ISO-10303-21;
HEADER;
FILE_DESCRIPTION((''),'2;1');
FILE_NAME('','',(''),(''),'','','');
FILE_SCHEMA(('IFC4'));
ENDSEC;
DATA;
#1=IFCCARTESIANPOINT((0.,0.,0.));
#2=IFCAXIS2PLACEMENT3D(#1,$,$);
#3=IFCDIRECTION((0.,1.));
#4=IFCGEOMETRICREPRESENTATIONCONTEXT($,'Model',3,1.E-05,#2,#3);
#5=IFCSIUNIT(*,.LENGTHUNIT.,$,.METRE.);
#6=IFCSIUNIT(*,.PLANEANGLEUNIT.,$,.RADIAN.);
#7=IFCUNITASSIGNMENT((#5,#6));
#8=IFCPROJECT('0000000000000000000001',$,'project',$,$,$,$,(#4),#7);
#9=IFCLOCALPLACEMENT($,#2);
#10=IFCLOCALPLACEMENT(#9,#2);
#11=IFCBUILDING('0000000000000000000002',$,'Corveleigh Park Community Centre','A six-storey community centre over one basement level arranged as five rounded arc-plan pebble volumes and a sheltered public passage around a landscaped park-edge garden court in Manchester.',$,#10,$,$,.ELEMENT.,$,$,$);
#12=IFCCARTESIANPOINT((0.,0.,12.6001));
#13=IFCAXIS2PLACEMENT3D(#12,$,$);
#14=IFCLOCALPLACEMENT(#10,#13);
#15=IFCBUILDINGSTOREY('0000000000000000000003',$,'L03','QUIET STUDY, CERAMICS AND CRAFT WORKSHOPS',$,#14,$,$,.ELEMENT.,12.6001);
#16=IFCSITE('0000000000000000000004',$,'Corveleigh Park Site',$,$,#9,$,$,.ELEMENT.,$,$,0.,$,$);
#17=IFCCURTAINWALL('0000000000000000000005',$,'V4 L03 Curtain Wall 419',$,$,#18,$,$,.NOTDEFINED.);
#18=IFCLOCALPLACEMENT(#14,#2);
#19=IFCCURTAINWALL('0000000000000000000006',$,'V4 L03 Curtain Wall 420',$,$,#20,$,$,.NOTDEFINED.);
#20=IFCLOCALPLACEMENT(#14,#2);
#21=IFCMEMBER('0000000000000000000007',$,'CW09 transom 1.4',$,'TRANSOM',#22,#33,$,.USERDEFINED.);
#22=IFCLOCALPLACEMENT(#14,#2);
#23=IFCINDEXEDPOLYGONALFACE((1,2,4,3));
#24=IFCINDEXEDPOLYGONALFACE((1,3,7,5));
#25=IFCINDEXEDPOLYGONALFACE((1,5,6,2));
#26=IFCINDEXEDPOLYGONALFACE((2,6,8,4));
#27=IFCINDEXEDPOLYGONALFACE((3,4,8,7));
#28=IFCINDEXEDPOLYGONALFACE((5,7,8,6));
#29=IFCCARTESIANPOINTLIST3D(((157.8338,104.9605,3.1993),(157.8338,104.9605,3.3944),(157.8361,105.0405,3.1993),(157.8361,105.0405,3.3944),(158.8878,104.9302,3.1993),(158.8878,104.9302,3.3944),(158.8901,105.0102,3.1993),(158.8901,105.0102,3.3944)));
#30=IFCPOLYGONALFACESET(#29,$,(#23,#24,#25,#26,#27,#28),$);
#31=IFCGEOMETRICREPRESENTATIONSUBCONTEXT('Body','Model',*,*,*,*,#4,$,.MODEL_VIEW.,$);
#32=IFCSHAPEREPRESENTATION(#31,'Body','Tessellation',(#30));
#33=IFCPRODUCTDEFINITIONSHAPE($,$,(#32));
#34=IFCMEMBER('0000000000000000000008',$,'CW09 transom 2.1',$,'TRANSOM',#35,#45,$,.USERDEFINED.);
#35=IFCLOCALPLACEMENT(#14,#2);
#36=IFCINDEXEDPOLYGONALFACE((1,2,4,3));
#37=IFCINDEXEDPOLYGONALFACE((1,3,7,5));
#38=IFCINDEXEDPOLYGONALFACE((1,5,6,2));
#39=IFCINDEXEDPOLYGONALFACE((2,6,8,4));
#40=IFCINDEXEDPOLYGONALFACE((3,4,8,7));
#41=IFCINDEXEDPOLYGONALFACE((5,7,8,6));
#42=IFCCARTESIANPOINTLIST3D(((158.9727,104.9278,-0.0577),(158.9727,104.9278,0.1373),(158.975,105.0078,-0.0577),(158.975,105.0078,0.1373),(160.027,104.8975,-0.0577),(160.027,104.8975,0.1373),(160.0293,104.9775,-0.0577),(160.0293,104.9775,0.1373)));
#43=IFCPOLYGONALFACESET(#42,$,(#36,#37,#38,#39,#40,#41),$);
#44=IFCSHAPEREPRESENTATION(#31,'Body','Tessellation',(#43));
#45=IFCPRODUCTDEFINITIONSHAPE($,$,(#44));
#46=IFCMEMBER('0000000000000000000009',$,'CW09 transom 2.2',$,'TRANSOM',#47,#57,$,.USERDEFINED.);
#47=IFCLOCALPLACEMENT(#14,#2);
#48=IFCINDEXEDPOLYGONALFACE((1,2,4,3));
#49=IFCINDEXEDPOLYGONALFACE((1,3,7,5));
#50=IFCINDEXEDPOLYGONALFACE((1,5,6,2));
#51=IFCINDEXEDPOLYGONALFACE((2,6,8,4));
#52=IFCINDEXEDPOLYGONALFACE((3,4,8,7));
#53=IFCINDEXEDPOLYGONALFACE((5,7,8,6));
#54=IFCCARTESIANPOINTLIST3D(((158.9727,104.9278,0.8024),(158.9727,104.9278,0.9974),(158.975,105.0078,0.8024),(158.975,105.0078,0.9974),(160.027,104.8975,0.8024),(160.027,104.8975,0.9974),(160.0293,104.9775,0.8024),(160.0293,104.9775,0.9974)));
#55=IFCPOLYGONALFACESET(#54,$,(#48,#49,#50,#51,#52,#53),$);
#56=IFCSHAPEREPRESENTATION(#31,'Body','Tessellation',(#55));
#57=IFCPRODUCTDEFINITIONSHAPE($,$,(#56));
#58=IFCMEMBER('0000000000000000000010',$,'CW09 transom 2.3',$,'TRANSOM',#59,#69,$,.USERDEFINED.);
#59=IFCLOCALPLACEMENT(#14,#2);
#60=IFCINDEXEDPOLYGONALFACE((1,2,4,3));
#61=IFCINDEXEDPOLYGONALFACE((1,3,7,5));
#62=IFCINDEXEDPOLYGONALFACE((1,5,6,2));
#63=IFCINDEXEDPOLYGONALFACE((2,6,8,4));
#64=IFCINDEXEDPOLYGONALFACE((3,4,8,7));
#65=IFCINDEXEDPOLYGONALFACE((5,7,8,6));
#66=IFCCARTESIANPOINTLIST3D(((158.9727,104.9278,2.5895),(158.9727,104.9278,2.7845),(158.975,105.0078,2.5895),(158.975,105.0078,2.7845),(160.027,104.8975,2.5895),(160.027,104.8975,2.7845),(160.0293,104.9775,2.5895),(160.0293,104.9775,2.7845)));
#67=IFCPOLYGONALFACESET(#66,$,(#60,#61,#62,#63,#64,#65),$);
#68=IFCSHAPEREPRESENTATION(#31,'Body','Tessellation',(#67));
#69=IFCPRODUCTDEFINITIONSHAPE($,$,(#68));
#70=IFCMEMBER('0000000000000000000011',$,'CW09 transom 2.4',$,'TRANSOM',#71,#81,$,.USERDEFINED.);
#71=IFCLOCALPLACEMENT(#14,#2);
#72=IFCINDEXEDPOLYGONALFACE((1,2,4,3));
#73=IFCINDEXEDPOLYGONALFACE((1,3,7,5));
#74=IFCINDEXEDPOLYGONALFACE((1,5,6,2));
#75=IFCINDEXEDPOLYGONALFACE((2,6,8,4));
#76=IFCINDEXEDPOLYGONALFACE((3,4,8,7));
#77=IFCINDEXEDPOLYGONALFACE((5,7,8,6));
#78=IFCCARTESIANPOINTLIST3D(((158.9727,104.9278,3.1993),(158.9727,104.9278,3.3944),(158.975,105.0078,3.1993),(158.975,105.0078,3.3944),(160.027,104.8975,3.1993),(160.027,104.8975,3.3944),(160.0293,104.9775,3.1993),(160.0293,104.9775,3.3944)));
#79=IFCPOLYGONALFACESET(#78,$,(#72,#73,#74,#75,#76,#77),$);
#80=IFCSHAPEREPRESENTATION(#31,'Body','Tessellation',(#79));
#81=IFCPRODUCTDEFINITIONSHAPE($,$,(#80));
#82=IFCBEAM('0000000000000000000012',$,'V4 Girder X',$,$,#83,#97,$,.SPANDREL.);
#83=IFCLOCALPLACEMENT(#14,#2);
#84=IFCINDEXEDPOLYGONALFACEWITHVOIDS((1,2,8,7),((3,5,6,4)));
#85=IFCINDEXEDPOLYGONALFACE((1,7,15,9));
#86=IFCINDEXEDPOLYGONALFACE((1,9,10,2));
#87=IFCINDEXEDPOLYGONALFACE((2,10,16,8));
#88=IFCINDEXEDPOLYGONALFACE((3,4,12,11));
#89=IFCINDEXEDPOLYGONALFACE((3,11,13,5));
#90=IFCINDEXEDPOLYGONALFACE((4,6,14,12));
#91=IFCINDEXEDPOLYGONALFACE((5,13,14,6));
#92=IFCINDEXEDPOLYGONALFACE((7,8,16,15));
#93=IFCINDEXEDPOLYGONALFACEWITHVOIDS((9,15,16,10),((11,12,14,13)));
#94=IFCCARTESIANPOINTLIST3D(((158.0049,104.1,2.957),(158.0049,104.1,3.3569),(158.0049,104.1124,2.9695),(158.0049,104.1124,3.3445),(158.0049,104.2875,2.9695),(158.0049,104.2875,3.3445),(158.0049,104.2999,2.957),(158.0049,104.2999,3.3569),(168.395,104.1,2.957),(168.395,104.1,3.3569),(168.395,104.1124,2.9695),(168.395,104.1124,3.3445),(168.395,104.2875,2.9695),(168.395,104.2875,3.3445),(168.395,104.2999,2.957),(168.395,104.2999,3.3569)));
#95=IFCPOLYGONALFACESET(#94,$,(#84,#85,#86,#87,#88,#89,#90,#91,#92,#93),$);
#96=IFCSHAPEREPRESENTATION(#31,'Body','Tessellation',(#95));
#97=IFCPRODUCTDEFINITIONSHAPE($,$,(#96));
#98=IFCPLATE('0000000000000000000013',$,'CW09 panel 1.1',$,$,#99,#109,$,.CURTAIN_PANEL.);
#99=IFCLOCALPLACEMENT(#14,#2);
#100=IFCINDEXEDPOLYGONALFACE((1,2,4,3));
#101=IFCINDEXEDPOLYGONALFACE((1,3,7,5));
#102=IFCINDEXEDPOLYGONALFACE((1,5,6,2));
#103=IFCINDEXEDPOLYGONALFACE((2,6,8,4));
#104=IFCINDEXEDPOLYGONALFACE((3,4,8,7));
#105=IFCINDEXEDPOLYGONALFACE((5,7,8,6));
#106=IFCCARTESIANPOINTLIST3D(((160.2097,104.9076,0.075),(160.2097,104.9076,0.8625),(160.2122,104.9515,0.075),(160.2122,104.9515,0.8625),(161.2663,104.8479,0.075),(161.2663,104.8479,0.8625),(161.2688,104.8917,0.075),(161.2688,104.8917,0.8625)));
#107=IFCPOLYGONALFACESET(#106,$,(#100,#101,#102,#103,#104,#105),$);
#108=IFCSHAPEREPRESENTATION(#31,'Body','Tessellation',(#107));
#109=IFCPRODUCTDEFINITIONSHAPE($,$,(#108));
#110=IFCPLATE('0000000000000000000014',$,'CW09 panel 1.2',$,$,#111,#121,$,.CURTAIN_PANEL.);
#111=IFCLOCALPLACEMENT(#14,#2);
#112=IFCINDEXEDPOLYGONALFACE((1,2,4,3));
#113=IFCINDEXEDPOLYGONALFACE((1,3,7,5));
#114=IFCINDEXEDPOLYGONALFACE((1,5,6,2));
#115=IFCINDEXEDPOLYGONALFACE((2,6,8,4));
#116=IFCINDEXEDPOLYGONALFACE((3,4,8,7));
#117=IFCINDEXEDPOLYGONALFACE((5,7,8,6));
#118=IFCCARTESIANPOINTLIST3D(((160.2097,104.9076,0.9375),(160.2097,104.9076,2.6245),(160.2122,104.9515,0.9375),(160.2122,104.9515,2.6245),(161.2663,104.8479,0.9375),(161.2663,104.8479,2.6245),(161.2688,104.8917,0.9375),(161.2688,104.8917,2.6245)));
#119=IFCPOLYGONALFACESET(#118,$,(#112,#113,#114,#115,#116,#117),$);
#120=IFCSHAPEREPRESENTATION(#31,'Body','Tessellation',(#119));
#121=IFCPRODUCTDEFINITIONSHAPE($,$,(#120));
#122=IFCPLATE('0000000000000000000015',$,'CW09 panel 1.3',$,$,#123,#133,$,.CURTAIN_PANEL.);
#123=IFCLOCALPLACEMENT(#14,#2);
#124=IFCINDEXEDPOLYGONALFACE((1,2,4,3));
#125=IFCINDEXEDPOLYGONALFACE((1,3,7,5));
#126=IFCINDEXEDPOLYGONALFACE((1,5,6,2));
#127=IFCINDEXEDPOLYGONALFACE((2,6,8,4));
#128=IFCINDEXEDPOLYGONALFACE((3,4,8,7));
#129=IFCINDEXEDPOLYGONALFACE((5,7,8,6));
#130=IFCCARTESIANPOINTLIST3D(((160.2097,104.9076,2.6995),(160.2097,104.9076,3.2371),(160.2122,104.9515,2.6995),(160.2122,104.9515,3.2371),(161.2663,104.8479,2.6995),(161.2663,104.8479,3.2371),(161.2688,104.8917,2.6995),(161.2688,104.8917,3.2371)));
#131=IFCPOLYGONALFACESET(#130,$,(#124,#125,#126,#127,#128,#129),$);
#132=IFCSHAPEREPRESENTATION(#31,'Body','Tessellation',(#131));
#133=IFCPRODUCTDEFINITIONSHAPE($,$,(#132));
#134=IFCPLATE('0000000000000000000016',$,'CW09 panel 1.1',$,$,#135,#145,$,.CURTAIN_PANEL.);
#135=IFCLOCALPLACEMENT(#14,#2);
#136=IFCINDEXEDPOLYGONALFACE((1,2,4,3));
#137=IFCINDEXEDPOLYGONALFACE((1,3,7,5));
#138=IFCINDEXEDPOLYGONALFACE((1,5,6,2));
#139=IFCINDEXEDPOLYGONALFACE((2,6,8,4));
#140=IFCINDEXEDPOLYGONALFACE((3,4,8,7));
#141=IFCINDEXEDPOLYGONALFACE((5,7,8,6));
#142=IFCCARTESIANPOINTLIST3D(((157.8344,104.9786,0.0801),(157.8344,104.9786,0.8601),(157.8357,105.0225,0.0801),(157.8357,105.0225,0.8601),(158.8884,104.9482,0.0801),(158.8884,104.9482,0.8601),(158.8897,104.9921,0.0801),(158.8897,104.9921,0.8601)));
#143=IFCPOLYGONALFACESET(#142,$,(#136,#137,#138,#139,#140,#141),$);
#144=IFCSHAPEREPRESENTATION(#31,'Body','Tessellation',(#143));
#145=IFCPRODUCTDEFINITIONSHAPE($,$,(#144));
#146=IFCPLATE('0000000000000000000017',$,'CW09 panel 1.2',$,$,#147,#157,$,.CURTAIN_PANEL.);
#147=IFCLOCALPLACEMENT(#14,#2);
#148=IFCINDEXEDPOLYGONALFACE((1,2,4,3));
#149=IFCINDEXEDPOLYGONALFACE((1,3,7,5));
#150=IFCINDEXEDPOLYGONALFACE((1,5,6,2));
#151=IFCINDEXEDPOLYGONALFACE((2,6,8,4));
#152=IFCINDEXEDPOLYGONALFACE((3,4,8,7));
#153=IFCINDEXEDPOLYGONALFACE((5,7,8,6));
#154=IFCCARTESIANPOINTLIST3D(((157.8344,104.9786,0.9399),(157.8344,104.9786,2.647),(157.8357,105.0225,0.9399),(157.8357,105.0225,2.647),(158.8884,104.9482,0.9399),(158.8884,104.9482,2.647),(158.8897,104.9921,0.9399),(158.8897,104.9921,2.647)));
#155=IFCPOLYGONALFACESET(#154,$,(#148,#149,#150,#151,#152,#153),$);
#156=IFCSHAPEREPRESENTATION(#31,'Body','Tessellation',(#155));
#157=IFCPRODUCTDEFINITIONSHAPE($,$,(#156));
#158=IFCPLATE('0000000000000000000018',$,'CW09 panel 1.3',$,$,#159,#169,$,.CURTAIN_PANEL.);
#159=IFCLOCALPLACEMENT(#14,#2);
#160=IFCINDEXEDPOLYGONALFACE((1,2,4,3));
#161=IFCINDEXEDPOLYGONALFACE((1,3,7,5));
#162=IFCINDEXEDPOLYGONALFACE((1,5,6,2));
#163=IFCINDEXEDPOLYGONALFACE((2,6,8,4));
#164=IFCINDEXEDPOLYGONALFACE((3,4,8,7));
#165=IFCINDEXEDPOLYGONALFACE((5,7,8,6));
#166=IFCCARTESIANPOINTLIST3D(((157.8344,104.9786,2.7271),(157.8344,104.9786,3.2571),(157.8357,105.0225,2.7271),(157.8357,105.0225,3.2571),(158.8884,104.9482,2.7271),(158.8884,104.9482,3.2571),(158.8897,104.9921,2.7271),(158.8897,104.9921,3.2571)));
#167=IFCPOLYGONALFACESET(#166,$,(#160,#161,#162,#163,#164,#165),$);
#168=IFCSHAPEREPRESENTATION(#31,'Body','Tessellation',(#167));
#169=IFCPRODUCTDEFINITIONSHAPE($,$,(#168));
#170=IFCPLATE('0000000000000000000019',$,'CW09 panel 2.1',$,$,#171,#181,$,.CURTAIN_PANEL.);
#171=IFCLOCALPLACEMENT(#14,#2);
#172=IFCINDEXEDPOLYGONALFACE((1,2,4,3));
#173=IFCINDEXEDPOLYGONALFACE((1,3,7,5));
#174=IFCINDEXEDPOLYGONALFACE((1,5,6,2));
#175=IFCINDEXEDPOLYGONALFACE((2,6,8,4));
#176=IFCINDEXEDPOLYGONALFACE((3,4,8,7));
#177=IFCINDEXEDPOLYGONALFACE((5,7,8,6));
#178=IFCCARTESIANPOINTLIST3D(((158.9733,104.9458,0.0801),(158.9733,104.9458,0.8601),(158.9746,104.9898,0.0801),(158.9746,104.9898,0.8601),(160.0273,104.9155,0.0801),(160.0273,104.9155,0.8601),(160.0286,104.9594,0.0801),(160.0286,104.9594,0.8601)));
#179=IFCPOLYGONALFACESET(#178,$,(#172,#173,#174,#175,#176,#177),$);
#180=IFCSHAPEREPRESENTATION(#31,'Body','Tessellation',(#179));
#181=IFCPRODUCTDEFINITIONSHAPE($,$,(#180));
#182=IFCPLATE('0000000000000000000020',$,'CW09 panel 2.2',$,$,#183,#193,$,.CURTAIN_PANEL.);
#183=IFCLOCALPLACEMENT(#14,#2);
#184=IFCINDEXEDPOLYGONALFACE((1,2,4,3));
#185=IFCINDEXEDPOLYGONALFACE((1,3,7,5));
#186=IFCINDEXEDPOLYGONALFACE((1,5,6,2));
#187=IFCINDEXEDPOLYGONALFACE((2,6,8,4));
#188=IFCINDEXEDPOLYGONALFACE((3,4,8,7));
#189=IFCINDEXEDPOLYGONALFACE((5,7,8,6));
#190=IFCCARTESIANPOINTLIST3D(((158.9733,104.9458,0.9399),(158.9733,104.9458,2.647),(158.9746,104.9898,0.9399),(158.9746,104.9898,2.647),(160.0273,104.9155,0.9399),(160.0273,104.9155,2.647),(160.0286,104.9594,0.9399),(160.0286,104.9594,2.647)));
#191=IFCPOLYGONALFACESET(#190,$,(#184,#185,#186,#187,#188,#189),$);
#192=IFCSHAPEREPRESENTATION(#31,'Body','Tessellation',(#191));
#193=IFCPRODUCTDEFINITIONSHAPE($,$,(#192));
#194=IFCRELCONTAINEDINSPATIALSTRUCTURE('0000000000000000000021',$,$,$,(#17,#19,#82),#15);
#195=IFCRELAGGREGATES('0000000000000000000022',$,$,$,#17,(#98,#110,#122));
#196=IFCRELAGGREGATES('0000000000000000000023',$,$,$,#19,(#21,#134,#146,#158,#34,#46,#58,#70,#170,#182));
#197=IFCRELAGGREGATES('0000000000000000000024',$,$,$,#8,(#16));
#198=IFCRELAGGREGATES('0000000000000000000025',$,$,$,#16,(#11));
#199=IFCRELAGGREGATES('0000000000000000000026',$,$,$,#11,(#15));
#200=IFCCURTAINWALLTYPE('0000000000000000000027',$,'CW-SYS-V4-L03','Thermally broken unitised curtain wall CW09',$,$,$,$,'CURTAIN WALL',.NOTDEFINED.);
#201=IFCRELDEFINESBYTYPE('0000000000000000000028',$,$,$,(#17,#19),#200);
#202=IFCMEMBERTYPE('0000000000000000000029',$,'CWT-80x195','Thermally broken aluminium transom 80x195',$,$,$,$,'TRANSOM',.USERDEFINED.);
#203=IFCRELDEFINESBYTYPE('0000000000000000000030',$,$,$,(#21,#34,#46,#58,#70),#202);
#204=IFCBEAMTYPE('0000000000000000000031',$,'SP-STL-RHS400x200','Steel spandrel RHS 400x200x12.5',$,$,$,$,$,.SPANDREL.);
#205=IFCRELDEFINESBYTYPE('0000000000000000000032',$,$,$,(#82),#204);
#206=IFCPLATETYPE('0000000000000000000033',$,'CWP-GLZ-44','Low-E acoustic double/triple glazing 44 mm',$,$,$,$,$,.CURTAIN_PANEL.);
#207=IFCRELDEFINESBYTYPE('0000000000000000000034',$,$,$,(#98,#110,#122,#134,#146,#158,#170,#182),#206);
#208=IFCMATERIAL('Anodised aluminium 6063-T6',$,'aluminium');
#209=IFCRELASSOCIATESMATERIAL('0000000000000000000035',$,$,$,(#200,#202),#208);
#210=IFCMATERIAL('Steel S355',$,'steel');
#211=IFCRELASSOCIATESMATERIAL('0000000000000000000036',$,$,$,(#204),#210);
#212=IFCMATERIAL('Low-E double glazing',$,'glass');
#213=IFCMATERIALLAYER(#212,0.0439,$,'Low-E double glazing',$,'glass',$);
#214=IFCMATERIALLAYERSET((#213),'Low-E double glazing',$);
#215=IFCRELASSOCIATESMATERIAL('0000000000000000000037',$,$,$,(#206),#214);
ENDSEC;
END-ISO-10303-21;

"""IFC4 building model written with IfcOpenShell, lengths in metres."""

from ifc_helpers import new_model, si_unit, direction, frame, origin, origin_2d, place, context, subcontext, project, spatial, rectangle, hollow_rectangle, extrude, material, layer, layer_set, material_profile, profile_set, type_object, element, aggregate, save


model = new_model("IFC4")

# Units and contexts
model_context = context("Model", 3, precision=1e-05, world=origin(), true_north=direction((0.0, 1.0)))
body_context = subcontext(model_context, "Body", "Model", "MODEL_VIEW")
ifc_project = project(units=[si_unit("LENGTHUNIT", "METRE"), si_unit("PLANEANGLEUNIT", "RADIAN")], contexts=[model_context])

# Site, building, storey
site_placement = place(None, origin())
site = spatial("IfcSite", under=ifc_project, at=site_placement, Name="Corveleigh Park Site", CompositionType="ELEMENT", RefElevation=0.0)
building_placement = place(site_placement, origin())
building = spatial("IfcBuilding", under=site, at=building_placement, Name="Corveleigh Park Community Centre", Description="A six-storey community centre over one basement level arranged as five rounded arc-plan pebble volumes and a sheltered public passage around a landscaped park-edge garden court in Manchester.", CompositionType="ELEMENT")
storey_placement = place(building_placement, frame((0.0, 0.0, 12.6001)))
storey = spatial("IfcBuildingStorey", under=building, at=storey_placement, Name="L03", Description="QUIET STUDY, CERAMICS AND CRAFT WORKSHOPS", CompositionType="ELEMENT", Elevation=12.6001)

# Curtain walls
ifc_material_1 = material(Name="Anodised aluminium 6063-T6", Category="aluminium")
curtain_wall_type = type_object("IfcCurtainWallType", Name="CW-SYS-V4-L03", Description="Thermally broken unitised curtain wall CW09", ElementType="CURTAIN WALL", PredefinedType="NOTDEFINED", material=ifc_material_1)
curtain_wall_1_placement = place(storey_placement, origin())
curtain_wall_1 = element("IfcCurtainWall", 1, at=curtain_wall_1_placement, inside=storey, type_object=curtain_wall_type, Name="V4 L03 Curtain Wall 419", PredefinedType="NOTDEFINED")
curtain_wall_2_placement = place(storey_placement, origin())
curtain_wall_2 = element("IfcCurtainWall", 2, at=curtain_wall_2_placement, inside=storey, type_object=curtain_wall_type, Name="V4 L03 Curtain Wall 420", PredefinedType="NOTDEFINED")

# Members
ifc_material_profile_1 = material_profile(ifc_material_1, rectangle(XDim=0.0801, YDim=0.1951, at=origin_2d()), Name="ALU-T80x195", Category="aluminium")
ifc_profile_set_1 = profile_set([ifc_material_profile_1], Name="Anodised aluminium 6063-T6")
member_type_1 = type_object("IfcMemberType", Name="CWT-80x195", Description="Thermally broken aluminium transom 80x195", ElementType="TRANSOM", PredefinedType="USERDEFINED", material=ifc_profile_set_1)
member_1_placement = place(storey_placement, frame((157.835, 105.0005, 3.2969), z_axis=(0.999588, -0.028712, 0.0), x_axis=(0.028712, 0.999588, 0.0)))
member_1 = element("IfcMember", 3, at=member_1_placement, type_object=member_type_1, Name="CW09 transom 1.4", ObjectType="TRANSOM", PredefinedType="USERDEFINED", context=body_context, shape_type="SweptSolid", body=[
    extrude(rectangle(XDim=0.0801, YDim=0.1951, at=origin_2d()), origin(), (0.0, 0.0, 1.0), 1.0544),
])
member_2_placement = place(storey_placement, frame((158.9739, 104.9678, 0.0398), z_axis=(0.999588, -0.028705, 0.0), x_axis=(0.028705, 0.999588, 0.0)))
member_2 = element("IfcMember", 4, at=member_2_placement, type_object=member_type_1, Name="CW09 transom 2.1", ObjectType="TRANSOM", PredefinedType="USERDEFINED", context=body_context, shape_type="SweptSolid", body=[
    extrude(rectangle(XDim=0.0801, YDim=0.1951, at=origin_2d()), origin(), (0.0, 0.0, 1.0), 1.0547),
])
member_3_placement = place(storey_placement, frame((158.9739, 104.9678, 0.8999), z_axis=(0.999588, -0.028705, 0.0), x_axis=(0.028705, 0.999588, 0.0)))
member_3 = element("IfcMember", 5, at=member_3_placement, type_object=member_type_1, Name="CW09 transom 2.2", ObjectType="TRANSOM", PredefinedType="USERDEFINED", context=body_context, shape_type="SweptSolid", body=[
    extrude(rectangle(XDim=0.0801, YDim=0.1951, at=origin_2d()), origin(), (0.0, 0.0, 1.0), 1.0547),
])
member_4_placement = place(storey_placement, frame((158.9739, 104.9678, 2.687), z_axis=(0.999588, -0.028705, 0.0), x_axis=(0.028705, 0.999588, 0.0)))
member_4 = element("IfcMember", 6, at=member_4_placement, type_object=member_type_1, Name="CW09 transom 2.3", ObjectType="TRANSOM", PredefinedType="USERDEFINED", context=body_context, shape_type="SweptSolid", body=[
    extrude(rectangle(XDim=0.0801, YDim=0.1951, at=origin_2d()), origin(), (0.0, 0.0, 1.0), 1.0547),
])
member_5_placement = place(storey_placement, frame((158.9739, 104.9678, 3.2969), z_axis=(0.999588, -0.028705, 0.0), x_axis=(0.028705, 0.999588, 0.0)))
member_5 = element("IfcMember", 7, at=member_5_placement, type_object=member_type_1, Name="CW09 transom 2.4", ObjectType="TRANSOM", PredefinedType="USERDEFINED", context=body_context, shape_type="SweptSolid", body=[
    extrude(rectangle(XDim=0.0801, YDim=0.1951, at=origin_2d()), origin(), (0.0, 0.0, 1.0), 1.0547),
])

# Beam
ifc_material_2 = material(Name="Steel S355", Category="steel")
ifc_material_profile_2 = material_profile(ifc_material_2, hollow_rectangle(XDim=0.2, YDim=0.3999, WallThickness=0.0125, at=origin_2d()), Name="RHS 400x200x12.5", Category="steel")
ifc_profile_set_2 = profile_set([ifc_material_profile_2], Name="Steel S355")
beam_type = type_object("IfcBeamType", Name="SP-STL-RHS400x200", Description="Steel spandrel RHS 400x200x12.5", PredefinedType="SPANDREL", material=ifc_profile_set_2)
beam_placement = place(storey_placement, frame((158.0049, 104.2, 3.157), z_axis=(1.0, 0.0, 0.0), x_axis=(0.0, 1.0, 0.0)))
element("IfcBeam", 8, at=beam_placement, inside=storey, type_object=beam_type, Name="V4 Girder X", PredefinedType="SPANDREL", context=body_context, shape_type="SweptSolid", body=[
    extrude(hollow_rectangle(XDim=0.2, YDim=0.3999, WallThickness=0.0125, at=origin_2d()), origin(), (0.0, 0.0, 1.0), 10.3901),
])

# Plates
ifc_material_3 = material(Name="Low-E double glazing", Category="glass")
ifc_layer_1 = layer(ifc_material_3, 0.0439, Name="Low-E double glazing", Category="glass")
ifc_layer_set_1 = layer_set([ifc_layer_1], Name="Low-E double glazing")
plate_type = type_object("IfcPlateType", Name="CWP-GLZ-44", Description="Low-E acoustic double/triple glazing 44 mm", PredefinedType="CURTAIN_PANEL", material=ifc_layer_set_1)
plate_1_placement = place(storey_placement, frame((160.7393, 104.8997, 0.075), z_axis=(0.0, 0.0, 1.0), x_axis=(0.998406, -0.056434, 0.0)))
plate_1 = element("IfcPlate", 9, at=plate_1_placement, type_object=plate_type, Name="CW09 panel 1.1", PredefinedType="CURTAIN_PANEL", context=body_context, shape_type="SweptSolid", body=[
    extrude(rectangle(XDim=1.0583, YDim=0.0439, at=origin_2d()), origin(), (0.0, 0.0, 1.0), 0.7876),
])
plate_2_placement = place(storey_placement, frame((160.7393, 104.8997, 0.9375), z_axis=(0.0, 0.0, 1.0), x_axis=(0.998406, -0.056434, 0.0)))
plate_2 = element("IfcPlate", 10, at=plate_2_placement, type_object=plate_type, Name="CW09 panel 1.2", PredefinedType="CURTAIN_PANEL", context=body_context, shape_type="SweptSolid", body=[
    extrude(rectangle(XDim=1.0583, YDim=0.0439, at=origin_2d()), origin(), (0.0, 0.0, 1.0), 1.687),
])
plate_3_placement = place(storey_placement, frame((160.7393, 104.8997, 2.6995), z_axis=(0.0, 0.0, 1.0), x_axis=(0.998406, -0.056434, 0.0)))
plate_3 = element("IfcPlate", 11, at=plate_3_placement, type_object=plate_type, Name="CW09 panel 1.3", PredefinedType="CURTAIN_PANEL", context=body_context, shape_type="SweptSolid", body=[
    extrude(rectangle(XDim=1.0583, YDim=0.0439, at=origin_2d()), origin(), (0.0, 0.0, 1.0), 0.5376),
])
aggregate(curtain_wall_1, [plate_1, plate_2, plate_3])
plate_4_placement = place(storey_placement, frame((158.3621, 104.9854, 0.0801), z_axis=(0.0, 0.0, 1.0), x_axis=(0.999586, -0.028765, 0.0)))
plate_4 = element("IfcPlate", 12, at=plate_4_placement, type_object=plate_type, Name="CW09 panel 1.1", PredefinedType="CURTAIN_PANEL", context=body_context, shape_type="SweptSolid", body=[
    extrude(rectangle(XDim=1.0544, YDim=0.0439, at=origin_2d()), origin(), (0.0, 0.0, 1.0), 0.78),
])
plate_5_placement = place(storey_placement, frame((158.3621, 104.9854, 0.9399), z_axis=(0.0, 0.0, 1.0), x_axis=(0.999586, -0.028765, 0.0)))
plate_5 = element("IfcPlate", 13, at=plate_5_placement, type_object=plate_type, Name="CW09 panel 1.2", PredefinedType="CURTAIN_PANEL", context=body_context, shape_type="SweptSolid", body=[
    extrude(rectangle(XDim=1.0544, YDim=0.0439, at=origin_2d()), origin(), (0.0, 0.0, 1.0), 1.707),
])
plate_6_placement = place(storey_placement, frame((158.3621, 104.9854, 2.7271), z_axis=(0.0, 0.0, 1.0), x_axis=(0.999586, -0.028765, 0.0)))
plate_6 = element("IfcPlate", 14, at=plate_6_placement, type_object=plate_type, Name="CW09 panel 1.3", PredefinedType="CURTAIN_PANEL", context=body_context, shape_type="SweptSolid", body=[
    extrude(rectangle(XDim=1.0544, YDim=0.0439, at=origin_2d()), origin(), (0.0, 0.0, 1.0), 0.53),
])
plate_7_placement = place(storey_placement, frame((159.501, 104.9526, 0.0801), z_axis=(0.0, 0.0, 1.0), x_axis=(0.999586, -0.028765, 0.0)))
plate_7 = element("IfcPlate", 15, at=plate_7_placement, type_object=plate_type, Name="CW09 panel 2.1", PredefinedType="CURTAIN_PANEL", context=body_context, shape_type="SweptSolid", body=[
    extrude(rectangle(XDim=1.0544, YDim=0.0439, at=origin_2d()), origin(), (0.0, 0.0, 1.0), 0.78),
])
plate_8_placement = place(storey_placement, frame((159.501, 104.9526, 0.9399), z_axis=(0.0, 0.0, 1.0), x_axis=(0.999586, -0.028765, 0.0)))
plate_8 = element("IfcPlate", 16, at=plate_8_placement, type_object=plate_type, Name="CW09 panel 2.2", PredefinedType="CURTAIN_PANEL", context=body_context, shape_type="SweptSolid", body=[
    extrude(rectangle(XDim=1.0544, YDim=0.0439, at=origin_2d()), origin(), (0.0, 0.0, 1.0), 1.707),
])
aggregate(curtain_wall_2, [member_1, plate_4, plate_5, plate_6, member_2, member_3, member_4, member_5, plate_7, plate_8])

save(model, "model.ifc")
